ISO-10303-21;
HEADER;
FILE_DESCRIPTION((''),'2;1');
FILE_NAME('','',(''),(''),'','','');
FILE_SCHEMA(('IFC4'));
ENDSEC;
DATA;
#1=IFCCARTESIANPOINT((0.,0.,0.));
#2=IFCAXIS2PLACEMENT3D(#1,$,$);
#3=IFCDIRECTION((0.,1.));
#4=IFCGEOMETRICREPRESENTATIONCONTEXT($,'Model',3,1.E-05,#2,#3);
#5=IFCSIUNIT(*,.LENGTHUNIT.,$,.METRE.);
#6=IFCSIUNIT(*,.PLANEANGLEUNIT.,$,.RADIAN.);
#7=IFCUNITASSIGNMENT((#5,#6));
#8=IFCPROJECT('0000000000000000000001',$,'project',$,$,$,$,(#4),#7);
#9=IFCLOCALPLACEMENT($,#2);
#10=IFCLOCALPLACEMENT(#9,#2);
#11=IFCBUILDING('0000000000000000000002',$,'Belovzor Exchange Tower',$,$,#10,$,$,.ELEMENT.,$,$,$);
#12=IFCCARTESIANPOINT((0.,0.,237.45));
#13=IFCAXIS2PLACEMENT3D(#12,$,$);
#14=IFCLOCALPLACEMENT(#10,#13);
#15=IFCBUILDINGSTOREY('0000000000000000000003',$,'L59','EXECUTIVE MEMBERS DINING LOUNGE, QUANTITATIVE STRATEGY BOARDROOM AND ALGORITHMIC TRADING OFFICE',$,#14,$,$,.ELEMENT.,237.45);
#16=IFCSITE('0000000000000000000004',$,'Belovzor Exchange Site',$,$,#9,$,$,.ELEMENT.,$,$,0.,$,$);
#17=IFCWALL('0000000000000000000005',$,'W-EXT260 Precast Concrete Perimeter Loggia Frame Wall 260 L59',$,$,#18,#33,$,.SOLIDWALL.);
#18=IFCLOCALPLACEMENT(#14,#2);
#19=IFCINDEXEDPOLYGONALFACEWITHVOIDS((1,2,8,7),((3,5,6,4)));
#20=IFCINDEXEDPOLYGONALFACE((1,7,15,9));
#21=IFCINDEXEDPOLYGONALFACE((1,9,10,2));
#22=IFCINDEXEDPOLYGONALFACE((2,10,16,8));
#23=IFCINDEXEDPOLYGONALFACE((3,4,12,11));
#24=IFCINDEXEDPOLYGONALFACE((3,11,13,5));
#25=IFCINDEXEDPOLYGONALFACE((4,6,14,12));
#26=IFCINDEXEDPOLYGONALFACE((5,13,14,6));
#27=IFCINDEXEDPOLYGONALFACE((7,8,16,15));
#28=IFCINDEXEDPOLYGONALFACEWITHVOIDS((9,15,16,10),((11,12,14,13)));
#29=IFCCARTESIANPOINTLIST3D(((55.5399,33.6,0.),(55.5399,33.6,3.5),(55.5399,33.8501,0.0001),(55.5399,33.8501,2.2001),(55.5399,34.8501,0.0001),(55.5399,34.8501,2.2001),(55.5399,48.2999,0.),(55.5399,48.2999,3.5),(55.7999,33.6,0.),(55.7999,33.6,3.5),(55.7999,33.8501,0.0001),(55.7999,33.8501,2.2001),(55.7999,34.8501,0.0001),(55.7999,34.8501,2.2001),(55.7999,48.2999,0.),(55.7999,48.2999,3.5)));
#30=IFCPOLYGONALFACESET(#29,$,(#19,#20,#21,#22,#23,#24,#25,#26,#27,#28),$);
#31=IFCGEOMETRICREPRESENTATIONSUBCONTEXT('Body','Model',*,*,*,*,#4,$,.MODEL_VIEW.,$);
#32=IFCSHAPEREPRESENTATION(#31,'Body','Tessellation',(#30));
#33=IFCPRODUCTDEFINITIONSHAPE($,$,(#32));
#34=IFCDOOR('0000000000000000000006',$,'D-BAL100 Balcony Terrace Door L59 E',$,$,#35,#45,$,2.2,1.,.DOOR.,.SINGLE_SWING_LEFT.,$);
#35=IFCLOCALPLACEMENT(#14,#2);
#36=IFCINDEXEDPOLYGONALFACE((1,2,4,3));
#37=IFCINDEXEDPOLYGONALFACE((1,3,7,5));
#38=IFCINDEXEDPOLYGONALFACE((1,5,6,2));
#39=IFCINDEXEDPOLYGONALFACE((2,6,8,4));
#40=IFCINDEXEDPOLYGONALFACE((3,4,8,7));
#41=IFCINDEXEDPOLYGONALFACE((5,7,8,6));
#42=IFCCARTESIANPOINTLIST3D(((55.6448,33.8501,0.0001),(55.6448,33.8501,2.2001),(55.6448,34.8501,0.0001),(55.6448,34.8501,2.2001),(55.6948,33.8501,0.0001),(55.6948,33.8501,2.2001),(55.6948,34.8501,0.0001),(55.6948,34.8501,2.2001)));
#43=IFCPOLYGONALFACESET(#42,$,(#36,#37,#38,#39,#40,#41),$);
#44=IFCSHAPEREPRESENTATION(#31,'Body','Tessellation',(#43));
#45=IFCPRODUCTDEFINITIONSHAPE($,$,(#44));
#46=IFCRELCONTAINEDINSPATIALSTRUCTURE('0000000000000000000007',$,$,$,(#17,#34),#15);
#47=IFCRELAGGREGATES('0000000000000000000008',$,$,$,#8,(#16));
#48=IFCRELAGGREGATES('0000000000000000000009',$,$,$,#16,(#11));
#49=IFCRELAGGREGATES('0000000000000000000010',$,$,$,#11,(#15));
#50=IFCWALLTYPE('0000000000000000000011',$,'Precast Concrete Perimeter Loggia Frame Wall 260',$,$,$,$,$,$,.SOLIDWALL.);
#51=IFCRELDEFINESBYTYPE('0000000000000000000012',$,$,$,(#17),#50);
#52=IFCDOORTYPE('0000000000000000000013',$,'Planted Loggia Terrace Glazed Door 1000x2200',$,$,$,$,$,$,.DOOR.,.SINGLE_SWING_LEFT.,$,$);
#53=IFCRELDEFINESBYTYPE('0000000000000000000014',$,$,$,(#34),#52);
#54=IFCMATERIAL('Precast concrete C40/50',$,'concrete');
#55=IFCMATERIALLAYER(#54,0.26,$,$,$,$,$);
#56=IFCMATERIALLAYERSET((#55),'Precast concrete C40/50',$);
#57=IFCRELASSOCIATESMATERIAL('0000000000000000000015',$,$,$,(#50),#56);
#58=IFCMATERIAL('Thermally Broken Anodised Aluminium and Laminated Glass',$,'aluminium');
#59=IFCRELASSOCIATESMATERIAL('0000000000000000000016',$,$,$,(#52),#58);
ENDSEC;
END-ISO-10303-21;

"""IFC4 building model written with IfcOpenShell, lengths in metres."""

from ifc_helpers import new_model, si_unit, direction, frame, frame_2d, origin, place, context, subcontext, project, spatial, rectangle, extrude, material, layer, layer_set, type_object, element, fill, save


model = new_model("IFC4")

# Units and contexts
model_context = context("Model", 3, precision=1e-05, world=origin(), true_north=direction((0.0, 1.0)))
body_context = subcontext(model_context, "Body", "Model", "MODEL_VIEW")
ifc_project = project(units=[si_unit("LENGTHUNIT", "METRE"), si_unit("PLANEANGLEUNIT", "RADIAN")], contexts=[model_context])

# Site, building, storey
site_placement = place(None, origin())
site = spatial("IfcSite", under=ifc_project, at=site_placement, Name="Belovzor Exchange Site", CompositionType="ELEMENT", RefElevation=0.0)
building_placement = place(site_placement, origin())
building = spatial("IfcBuilding", under=site, at=building_placement, Name="Belovzor Exchange Tower", CompositionType="ELEMENT")
storey_placement = place(building_placement, frame((0.0, 0.0, 237.45)))
storey = spatial("IfcBuildingStorey", under=building, at=storey_placement, Name="L59", Description="EXECUTIVE MEMBERS DINING LOUNGE, QUANTITATIVE STRATEGY BOARDROOM AND ALGORITHMIC TRADING OFFICE", CompositionType="ELEMENT", Elevation=237.45)

# Wall, opening, door
ifc_material_1 = material(Name="Precast concrete C40/50", Category="concrete")
ifc_layer_1 = layer(ifc_material_1, 0.26)
ifc_layer_set_1 = layer_set([ifc_layer_1], Name="Precast concrete C40/50")
wall_type_1 = type_object("IfcWallType", Name="Precast Concrete Perimeter Loggia Frame Wall 260", PredefinedType="SOLIDWALL", material=ifc_layer_set_1)
wall_1_placement = place(storey_placement, frame((55.6699, 48.3, 0.0), z_axis=(0.0, 0.0, 1.0), x_axis=(0.0, -1.0, 0.0)))
wall_1 = element("IfcWall", 1, at=wall_1_placement, inside=storey, type_object=wall_type_1, Name="W-EXT260 Precast Concrete Perimeter Loggia Frame Wall 260 L59", PredefinedType="SOLIDWALL", context=body_context, shape_type="SweptSolid", body=[
    extrude(rectangle(XDim=14.7, YDim=0.26, at=frame_2d((7.3501, 0.0))), origin(), (0.0, 0.0, 1.0), 3.5),
])
opening_1_placement = place(wall_1_placement, frame((13.45, 0.0, 0.0)))
opening_1 = element("IfcOpeningElement", 2, at=opening_1_placement, cuts=wall_1, PredefinedType="OPENING", context=body_context, shape_type="SweptSolid", body=[
    extrude(rectangle(XDim=1.0, YDim=2.2, at=frame_2d((0.5, 1.1001))), frame((0.0, 0.1399, 0.0), z_axis=(0.0, -1.0, 0.0), x_axis=(1.0, 0.0, 0.0)), (0.0, 0.0, 1.0), 0.28),
])
ifc_material_2 = material(Name="Thermally Broken Anodised Aluminium and Laminated Glass", Category="aluminium")
door_type_1 = type_object("IfcDoorType", Name="Planted Loggia Terrace Glazed Door 1000x2200", OperationType="SINGLE_SWING_LEFT", PredefinedType="DOOR", material=ifc_material_2)
door_1_placement = place(opening_1_placement, origin())
door_1 = element("IfcDoor", 3, at=door_1_placement, inside=storey, type_object=door_type_1, Name="D-BAL100 Balcony Terrace Door L59 E", OperationType="SINGLE_SWING_LEFT", OverallHeight=2.2, OverallWidth=1.0, PredefinedType="DOOR", context=body_context, shape_type="SweptSolid", body=[
    extrude(rectangle(XDim=1.0, YDim=2.2, at=frame_2d((0.5, 1.1001))), frame((0.0, 0.0249, 0.0), z_axis=(0.0, -1.0, 0.0), x_axis=(1.0, 0.0, 0.0)), (0.0, 0.0, 1.0), 0.05),
])
fill(opening_1, door_1)

save(model, "model.ifc")
